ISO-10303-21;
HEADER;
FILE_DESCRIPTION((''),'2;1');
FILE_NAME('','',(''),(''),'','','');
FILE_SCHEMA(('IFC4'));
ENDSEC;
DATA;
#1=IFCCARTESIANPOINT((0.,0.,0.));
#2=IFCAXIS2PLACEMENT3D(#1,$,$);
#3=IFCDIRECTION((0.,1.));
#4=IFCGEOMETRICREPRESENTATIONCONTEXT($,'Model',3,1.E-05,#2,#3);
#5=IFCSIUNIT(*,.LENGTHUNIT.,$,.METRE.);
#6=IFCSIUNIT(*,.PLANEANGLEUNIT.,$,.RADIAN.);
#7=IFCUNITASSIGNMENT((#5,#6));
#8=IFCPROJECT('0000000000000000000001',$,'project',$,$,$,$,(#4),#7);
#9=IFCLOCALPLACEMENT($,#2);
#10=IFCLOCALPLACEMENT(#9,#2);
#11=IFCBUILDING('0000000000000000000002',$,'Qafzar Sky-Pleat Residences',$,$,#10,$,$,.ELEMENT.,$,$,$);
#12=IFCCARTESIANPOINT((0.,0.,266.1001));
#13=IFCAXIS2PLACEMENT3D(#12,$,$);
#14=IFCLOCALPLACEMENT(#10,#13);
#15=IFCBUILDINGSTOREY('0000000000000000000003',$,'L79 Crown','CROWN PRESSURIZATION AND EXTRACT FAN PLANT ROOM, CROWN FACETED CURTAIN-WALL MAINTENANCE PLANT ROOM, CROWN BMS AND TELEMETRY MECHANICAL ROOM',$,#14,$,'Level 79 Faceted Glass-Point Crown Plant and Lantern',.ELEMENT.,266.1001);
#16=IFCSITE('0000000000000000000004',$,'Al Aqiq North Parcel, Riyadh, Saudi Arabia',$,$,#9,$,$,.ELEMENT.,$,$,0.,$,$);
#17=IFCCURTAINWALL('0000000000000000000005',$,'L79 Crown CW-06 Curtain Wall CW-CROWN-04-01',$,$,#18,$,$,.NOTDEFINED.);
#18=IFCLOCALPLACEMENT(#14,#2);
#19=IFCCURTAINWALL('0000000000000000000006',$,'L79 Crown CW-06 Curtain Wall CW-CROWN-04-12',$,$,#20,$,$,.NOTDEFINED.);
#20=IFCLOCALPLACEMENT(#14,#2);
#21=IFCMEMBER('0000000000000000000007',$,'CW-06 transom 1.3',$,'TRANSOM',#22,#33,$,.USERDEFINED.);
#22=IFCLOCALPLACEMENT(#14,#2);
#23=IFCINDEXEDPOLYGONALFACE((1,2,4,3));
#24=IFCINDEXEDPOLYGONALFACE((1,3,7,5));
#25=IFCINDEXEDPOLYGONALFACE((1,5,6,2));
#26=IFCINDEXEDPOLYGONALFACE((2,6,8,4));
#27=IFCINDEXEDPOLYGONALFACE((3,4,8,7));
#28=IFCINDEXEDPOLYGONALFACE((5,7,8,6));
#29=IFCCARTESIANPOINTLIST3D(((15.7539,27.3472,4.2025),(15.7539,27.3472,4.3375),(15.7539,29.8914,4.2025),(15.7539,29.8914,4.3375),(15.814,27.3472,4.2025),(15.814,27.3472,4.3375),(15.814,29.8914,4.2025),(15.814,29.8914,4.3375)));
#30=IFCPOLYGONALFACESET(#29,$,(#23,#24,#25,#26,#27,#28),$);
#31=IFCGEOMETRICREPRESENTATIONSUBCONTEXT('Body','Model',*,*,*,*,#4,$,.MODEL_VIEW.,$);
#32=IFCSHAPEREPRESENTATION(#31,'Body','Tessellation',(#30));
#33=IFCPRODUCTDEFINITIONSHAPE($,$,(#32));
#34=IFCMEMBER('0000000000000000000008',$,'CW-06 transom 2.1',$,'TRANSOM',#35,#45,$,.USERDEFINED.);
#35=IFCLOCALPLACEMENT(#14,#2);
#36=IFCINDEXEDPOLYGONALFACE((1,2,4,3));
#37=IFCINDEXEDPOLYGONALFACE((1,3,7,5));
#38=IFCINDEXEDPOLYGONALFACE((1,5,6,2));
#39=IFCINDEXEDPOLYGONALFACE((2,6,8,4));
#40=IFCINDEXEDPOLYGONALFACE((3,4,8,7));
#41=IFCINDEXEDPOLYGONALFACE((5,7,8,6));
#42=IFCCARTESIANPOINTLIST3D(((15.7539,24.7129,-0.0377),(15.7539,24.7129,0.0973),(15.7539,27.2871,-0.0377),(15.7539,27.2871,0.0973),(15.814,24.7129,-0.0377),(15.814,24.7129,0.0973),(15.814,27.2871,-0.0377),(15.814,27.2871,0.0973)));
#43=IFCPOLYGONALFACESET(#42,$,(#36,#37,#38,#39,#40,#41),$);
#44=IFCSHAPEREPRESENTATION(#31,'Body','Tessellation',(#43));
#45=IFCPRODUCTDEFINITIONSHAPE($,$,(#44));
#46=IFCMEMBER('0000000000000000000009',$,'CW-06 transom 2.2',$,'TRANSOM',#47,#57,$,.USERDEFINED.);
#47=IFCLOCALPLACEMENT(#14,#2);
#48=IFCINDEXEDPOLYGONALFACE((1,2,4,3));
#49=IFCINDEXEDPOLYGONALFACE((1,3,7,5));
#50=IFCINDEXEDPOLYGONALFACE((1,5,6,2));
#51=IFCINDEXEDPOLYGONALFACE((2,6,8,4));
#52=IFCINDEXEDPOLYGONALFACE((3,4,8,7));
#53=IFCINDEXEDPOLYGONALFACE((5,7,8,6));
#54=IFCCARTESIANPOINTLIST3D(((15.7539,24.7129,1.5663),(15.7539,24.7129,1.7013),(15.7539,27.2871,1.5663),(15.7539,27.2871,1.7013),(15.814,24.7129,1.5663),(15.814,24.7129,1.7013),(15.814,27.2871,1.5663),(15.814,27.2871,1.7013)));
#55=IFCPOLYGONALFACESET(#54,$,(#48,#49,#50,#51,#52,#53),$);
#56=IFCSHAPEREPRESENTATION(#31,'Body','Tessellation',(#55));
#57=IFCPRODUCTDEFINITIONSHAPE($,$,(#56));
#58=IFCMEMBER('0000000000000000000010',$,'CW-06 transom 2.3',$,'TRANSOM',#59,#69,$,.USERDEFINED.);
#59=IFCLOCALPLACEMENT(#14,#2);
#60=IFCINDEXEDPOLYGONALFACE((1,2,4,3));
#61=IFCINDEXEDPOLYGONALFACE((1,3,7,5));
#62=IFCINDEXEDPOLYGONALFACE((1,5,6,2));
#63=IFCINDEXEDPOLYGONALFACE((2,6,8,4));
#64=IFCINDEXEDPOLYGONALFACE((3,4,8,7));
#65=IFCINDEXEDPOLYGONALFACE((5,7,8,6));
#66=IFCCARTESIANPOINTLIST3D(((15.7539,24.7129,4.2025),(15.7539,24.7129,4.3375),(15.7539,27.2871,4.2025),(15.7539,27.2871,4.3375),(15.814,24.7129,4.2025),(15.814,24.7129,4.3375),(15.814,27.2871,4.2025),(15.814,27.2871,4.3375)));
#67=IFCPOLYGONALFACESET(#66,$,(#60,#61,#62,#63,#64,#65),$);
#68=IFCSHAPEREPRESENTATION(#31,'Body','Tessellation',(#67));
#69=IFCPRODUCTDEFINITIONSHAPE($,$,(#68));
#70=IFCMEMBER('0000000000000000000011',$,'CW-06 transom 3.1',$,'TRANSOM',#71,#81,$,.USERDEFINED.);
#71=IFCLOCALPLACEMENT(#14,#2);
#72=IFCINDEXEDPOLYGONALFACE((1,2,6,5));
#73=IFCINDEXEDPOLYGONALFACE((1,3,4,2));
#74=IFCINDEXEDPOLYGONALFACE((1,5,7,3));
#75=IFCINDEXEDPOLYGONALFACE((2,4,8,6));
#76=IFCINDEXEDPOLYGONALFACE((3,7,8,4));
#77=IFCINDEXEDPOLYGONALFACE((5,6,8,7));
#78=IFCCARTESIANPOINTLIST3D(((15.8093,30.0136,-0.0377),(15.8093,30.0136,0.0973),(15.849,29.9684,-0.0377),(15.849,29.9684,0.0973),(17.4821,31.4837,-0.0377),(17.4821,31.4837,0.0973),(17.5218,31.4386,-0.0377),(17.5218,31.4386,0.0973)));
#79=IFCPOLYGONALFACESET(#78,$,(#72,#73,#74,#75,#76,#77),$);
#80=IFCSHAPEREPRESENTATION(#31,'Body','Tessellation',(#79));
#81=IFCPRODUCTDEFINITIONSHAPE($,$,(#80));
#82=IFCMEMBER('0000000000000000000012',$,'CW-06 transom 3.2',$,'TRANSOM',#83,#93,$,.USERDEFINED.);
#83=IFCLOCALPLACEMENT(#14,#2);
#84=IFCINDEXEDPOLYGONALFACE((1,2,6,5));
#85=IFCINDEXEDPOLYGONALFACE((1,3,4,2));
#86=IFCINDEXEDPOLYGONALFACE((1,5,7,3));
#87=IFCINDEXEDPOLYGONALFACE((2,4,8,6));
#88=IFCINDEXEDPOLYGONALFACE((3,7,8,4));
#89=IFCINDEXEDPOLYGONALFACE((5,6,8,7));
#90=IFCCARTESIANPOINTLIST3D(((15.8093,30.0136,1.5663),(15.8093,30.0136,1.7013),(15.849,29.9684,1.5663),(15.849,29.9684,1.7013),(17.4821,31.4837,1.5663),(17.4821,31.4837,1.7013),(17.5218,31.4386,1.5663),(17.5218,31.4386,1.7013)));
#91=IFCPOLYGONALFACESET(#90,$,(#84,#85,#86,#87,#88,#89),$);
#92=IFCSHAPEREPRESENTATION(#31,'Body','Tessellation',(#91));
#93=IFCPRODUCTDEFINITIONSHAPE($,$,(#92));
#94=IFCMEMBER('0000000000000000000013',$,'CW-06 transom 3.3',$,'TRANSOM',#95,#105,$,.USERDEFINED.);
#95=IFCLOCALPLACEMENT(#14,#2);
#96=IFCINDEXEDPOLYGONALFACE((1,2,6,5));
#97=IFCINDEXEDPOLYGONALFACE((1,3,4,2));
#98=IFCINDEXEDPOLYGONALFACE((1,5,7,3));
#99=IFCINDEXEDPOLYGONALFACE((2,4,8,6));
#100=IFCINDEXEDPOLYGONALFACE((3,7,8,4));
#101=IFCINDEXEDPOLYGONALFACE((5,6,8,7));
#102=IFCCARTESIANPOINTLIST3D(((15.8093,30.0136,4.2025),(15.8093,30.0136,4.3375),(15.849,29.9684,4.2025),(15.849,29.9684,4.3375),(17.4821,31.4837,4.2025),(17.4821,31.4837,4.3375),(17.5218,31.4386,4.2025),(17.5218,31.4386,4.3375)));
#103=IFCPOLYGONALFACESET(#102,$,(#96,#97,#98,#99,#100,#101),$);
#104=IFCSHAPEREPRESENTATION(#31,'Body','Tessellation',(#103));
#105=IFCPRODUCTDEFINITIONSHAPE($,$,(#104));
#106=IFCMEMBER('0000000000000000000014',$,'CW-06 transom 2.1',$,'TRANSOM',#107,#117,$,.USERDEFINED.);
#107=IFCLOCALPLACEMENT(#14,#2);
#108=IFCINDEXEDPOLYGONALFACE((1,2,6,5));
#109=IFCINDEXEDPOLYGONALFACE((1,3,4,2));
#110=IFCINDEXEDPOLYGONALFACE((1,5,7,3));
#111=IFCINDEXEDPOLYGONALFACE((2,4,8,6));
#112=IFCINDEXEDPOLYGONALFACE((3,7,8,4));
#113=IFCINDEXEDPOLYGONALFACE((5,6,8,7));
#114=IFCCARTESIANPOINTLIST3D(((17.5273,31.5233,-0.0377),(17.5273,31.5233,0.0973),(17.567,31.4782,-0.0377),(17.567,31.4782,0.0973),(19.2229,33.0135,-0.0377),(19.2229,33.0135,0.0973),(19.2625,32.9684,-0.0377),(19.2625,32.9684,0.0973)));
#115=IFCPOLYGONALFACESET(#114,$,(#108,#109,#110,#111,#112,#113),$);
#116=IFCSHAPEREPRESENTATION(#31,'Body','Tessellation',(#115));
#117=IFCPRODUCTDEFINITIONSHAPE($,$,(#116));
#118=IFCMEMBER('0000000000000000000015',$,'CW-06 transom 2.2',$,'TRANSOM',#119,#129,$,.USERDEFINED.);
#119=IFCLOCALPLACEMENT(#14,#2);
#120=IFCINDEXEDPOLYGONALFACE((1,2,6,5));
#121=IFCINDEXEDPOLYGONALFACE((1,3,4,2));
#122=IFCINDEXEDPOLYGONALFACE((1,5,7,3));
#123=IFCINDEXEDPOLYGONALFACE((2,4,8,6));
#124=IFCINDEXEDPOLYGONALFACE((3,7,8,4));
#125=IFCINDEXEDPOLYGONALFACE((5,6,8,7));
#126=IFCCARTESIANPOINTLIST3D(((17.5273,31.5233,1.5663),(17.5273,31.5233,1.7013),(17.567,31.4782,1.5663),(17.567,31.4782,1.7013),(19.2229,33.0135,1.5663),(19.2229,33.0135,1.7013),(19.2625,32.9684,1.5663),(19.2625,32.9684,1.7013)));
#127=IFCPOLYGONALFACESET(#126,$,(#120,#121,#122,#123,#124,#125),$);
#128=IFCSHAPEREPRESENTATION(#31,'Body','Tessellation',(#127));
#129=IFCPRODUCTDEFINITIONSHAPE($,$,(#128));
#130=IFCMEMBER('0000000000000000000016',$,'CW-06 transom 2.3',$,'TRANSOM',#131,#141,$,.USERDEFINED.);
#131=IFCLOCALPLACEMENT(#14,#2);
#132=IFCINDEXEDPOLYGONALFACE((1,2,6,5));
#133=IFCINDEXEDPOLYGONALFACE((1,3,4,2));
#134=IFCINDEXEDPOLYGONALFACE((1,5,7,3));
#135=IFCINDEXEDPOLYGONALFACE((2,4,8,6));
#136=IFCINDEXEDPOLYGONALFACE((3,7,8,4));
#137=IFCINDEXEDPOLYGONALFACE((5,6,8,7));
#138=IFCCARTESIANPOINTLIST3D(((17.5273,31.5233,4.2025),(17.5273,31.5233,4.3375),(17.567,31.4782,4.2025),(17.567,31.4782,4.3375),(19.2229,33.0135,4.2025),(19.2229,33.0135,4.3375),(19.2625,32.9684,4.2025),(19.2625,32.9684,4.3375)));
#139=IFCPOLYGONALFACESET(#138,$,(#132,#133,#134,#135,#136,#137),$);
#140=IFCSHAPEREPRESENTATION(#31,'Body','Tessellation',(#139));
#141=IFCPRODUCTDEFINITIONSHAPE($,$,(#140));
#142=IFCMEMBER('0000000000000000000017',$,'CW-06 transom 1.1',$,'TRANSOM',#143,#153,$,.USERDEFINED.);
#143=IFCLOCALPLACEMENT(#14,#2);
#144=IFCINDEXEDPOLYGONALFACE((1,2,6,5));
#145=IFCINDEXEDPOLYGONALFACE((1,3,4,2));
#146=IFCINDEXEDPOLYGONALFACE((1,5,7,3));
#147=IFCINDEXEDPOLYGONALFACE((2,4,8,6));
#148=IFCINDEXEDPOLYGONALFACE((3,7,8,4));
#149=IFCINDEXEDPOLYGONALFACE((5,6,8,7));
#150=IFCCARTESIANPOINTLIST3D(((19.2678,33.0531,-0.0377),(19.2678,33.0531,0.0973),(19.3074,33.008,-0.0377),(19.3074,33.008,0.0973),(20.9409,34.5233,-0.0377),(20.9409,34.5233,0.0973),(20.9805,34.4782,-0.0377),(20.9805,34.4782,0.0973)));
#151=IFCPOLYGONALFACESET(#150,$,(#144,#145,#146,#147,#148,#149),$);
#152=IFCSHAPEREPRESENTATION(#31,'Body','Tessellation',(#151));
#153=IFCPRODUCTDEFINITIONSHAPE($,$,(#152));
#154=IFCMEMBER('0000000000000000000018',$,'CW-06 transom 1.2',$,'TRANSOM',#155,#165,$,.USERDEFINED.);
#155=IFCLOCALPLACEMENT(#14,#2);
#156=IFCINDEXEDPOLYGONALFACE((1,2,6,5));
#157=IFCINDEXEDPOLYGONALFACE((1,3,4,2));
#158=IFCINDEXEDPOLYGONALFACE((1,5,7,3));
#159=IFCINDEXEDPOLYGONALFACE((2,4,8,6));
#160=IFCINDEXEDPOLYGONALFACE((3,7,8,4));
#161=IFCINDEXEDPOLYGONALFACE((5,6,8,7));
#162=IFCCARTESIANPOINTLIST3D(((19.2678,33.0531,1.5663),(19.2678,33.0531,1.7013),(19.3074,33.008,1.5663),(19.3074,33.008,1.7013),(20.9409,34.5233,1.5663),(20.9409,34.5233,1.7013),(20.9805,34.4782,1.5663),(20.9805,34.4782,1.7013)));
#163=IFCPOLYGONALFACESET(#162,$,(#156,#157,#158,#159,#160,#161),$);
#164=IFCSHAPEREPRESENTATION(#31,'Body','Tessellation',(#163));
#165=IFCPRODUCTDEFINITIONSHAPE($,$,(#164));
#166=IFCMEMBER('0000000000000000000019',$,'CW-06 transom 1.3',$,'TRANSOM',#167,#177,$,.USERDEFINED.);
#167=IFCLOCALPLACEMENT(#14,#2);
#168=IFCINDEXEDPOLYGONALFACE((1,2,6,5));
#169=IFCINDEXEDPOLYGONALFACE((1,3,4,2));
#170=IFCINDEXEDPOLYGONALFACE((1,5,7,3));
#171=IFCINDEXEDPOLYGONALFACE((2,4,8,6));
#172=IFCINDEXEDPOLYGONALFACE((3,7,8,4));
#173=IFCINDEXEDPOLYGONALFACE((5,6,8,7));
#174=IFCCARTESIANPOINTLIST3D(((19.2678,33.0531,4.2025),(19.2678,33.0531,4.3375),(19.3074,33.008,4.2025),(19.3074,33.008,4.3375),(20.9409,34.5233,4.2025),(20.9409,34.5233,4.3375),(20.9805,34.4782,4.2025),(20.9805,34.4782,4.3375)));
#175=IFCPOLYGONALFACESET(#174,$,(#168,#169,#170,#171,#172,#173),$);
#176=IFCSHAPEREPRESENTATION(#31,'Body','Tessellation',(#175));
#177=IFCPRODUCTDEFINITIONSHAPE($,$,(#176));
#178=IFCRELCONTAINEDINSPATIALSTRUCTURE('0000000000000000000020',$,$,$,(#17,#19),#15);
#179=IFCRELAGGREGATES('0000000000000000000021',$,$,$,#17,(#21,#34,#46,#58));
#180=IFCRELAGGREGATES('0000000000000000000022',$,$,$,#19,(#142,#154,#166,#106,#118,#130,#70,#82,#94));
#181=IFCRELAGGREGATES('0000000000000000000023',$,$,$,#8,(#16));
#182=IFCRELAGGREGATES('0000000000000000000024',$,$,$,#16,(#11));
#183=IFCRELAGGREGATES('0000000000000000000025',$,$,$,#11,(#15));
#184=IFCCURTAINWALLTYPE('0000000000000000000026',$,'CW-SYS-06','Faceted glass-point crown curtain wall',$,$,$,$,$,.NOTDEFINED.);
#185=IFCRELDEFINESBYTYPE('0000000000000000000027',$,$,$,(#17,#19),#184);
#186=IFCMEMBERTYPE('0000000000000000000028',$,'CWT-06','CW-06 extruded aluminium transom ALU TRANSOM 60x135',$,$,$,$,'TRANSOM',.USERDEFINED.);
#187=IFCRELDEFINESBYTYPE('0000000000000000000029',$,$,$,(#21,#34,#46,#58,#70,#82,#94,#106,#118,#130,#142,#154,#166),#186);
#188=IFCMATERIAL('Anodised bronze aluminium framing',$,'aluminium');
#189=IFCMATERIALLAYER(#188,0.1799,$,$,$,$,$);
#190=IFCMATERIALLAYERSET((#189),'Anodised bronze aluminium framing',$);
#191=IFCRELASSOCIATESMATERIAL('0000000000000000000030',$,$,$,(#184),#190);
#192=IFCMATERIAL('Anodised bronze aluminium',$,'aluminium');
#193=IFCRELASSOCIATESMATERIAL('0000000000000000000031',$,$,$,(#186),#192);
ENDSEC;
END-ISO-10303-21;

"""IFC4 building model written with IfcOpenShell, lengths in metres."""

from ifc_helpers import new_model, si_unit, direction, frame, origin, origin_2d, place, context, subcontext, project, spatial, rectangle, extrude, source, transform, mapped, material, layer, layer_set, material_profile, profile_set, type_object, element, aggregate, save


model = new_model("IFC4")

# Units and contexts
model_context = context("Model", 3, precision=1e-05, world=origin(), true_north=direction((0.0, 1.0)))
body_context = subcontext(model_context, "Body", "Model", "MODEL_VIEW")
ifc_project = project(units=[si_unit("LENGTHUNIT", "METRE"), si_unit("PLANEANGLEUNIT", "RADIAN")], contexts=[model_context])

# Site, building, storey
site_placement = place(None, origin())
site = spatial("IfcSite", under=ifc_project, at=site_placement, Name="Al Aqiq North Parcel, Riyadh, Saudi Arabia", CompositionType="ELEMENT", RefElevation=0.0)
building_placement = place(site_placement, origin())
building = spatial("IfcBuilding", under=site, at=building_placement, Name="Qafzar Sky-Pleat Residences", CompositionType="ELEMENT")
storey_placement = place(building_placement, frame((0.0, 0.0, 266.1001)))
storey = spatial("IfcBuildingStorey", under=building, at=storey_placement, Name="L79 Crown", Description="CROWN PRESSURIZATION AND EXTRACT FAN PLANT ROOM, CROWN FACETED CURTAIN-WALL MAINTENANCE PLANT ROOM, CROWN BMS AND TELEMETRY MECHANICAL ROOM", LongName="Level 79 Faceted Glass-Point Crown Plant and Lantern", CompositionType="ELEMENT", Elevation=266.1001)

# Curtain wall
ifc_material_1 = material(Name="Anodised bronze aluminium framing", Category="aluminium")
ifc_layer_1 = layer(ifc_material_1, 0.1799)
ifc_layer_set_1 = layer_set([ifc_layer_1], Name="Anodised bronze aluminium framing")
curtain_wall_type = type_object("IfcCurtainWallType", Name="CW-SYS-06", Description="Faceted glass-point crown curtain wall", PredefinedType="NOTDEFINED", material=ifc_layer_set_1)
curtain_wall_1_placement = place(storey_placement, origin())
curtain_wall_1 = element("IfcCurtainWall", 1, at=curtain_wall_1_placement, inside=storey, type_object=curtain_wall_type, Name="L79 Crown CW-06 Curtain Wall CW-CROWN-04-01", PredefinedType="NOTDEFINED")
ifc_material_2 = material(Name="Anodised bronze aluminium", Category="aluminium")

# Curtain wall
curtain_wall_2_placement = place(storey_placement, origin())
curtain_wall_2 = element("IfcCurtainWall", 2, at=curtain_wall_2_placement, inside=storey, type_object=curtain_wall_type, Name="L79 Crown CW-06 Curtain Wall CW-CROWN-04-12", PredefinedType="NOTDEFINED")

# Members
ifc_material_profile_1 = material_profile(ifc_material_2, rectangle(XDim=0.0601, YDim=0.135, at=origin_2d()), Name="ALU TRANSOM 60x135")
ifc_profile_set_1 = profile_set([ifc_material_profile_1], Name="Anodised bronze aluminium")
member_type_1 = type_object("IfcMemberType", Name="CWT-06", Description="CW-06 extruded aluminium transom ALU TRANSOM 60x135", ElementType="TRANSOM", PredefinedType="USERDEFINED", material=ifc_profile_set_1)
shared_shape_1 = source(origin(), body_context, "Body", "SweptSolid", [
    extrude(rectangle(XDim=0.0601, YDim=0.135, at=origin_2d()), origin(), (0.0, 0.0, 1.0), 2.5442),
])
member_1_placement = place(storey_placement, frame((15.7839, 29.8914, 4.27), z_axis=(0.0, -1.0, 0.0), x_axis=(1.0, 0.0, 0.0)))
member_1 = element("IfcMember", 3, at=member_1_placement, type_object=member_type_1, Name="CW-06 transom 1.3", ObjectType="TRANSOM", PredefinedType="USERDEFINED", context=body_context, shape_type="MappedRepresentation", body=[
    mapped(shared_shape_1, transform((0.0, 0.0, 0.0), x_axis=(1.0, 0.0, 0.0), y_axis=(0.0, 1.0, 0.0), z_axis=(0.0, 0.0, 1.0), scale=1.0)),
])
shared_shape_2 = source(origin(), body_context, "Body", "SweptSolid", [
    extrude(rectangle(XDim=0.0601, YDim=0.135, at=origin_2d()), origin(), (0.0, 0.0, 1.0), 2.5742),
])
member_2_placement = place(storey_placement, frame((15.7839, 27.2871, 0.0298), z_axis=(0.0, -1.0, 0.0), x_axis=(1.0, 0.0, 0.0)))
member_2 = element("IfcMember", 4, at=member_2_placement, type_object=member_type_1, Name="CW-06 transom 2.1", ObjectType="TRANSOM", PredefinedType="USERDEFINED", context=body_context, shape_type="MappedRepresentation", body=[
    mapped(shared_shape_2, transform((0.0, 0.0, 0.0), x_axis=(1.0, 0.0, 0.0), y_axis=(0.0, 1.0, 0.0), z_axis=(0.0, 0.0, 1.0), scale=1.0)),
])
member_3_placement = place(storey_placement, frame((15.7839, 27.2871, 1.6338), z_axis=(0.0, -1.0, 0.0), x_axis=(1.0, 0.0, 0.0)))
member_3 = element("IfcMember", 5, at=member_3_placement, type_object=member_type_1, Name="CW-06 transom 2.2", ObjectType="TRANSOM", PredefinedType="USERDEFINED", context=body_context, shape_type="MappedRepresentation", body=[
    mapped(shared_shape_2, transform((0.0, 0.0, 0.0), x_axis=(1.0, 0.0, 0.0), y_axis=(0.0, 1.0, 0.0), z_axis=(0.0, 0.0, 1.0), scale=1.0)),
])
member_4_placement = place(storey_placement, frame((15.7839, 27.2871, 4.27), z_axis=(0.0, -1.0, 0.0), x_axis=(1.0, 0.0, 0.0)))
member_4 = element("IfcMember", 6, at=member_4_placement, type_object=member_type_1, Name="CW-06 transom 2.3", ObjectType="TRANSOM", PredefinedType="USERDEFINED", context=body_context, shape_type="MappedRepresentation", body=[
    mapped(shared_shape_2, transform((0.0, 0.0, 0.0), x_axis=(1.0, 0.0, 0.0), y_axis=(0.0, 1.0, 0.0), z_axis=(0.0, 0.0, 1.0), scale=1.0)),
])
shared_shape_3 = source(origin(), body_context, "Body", "SweptSolid", [
    extrude(rectangle(XDim=0.0601, YDim=0.135, at=origin_2d()), origin(), (0.0, 0.0, 1.0), 2.2271),
])
member_5_placement = place(storey_placement, frame((17.502, 31.4612, 0.0298), z_axis=(-0.751135, -0.660148, 0.0), x_axis=(0.660148, -0.751135, 0.0)))
member_5 = element("IfcMember", 7, at=member_5_placement, type_object=member_type_1, Name="CW-06 transom 3.1", ObjectType="TRANSOM", PredefinedType="USERDEFINED", context=body_context, shape_type="MappedRepresentation", body=[
    mapped(shared_shape_3, transform((0.0, 0.0, 0.0), x_axis=(1.0, 0.0, 0.0), y_axis=(0.0, 1.0, 0.0), z_axis=(0.0, 0.0, 1.0), scale=1.0)),
])
member_6_placement = place(storey_placement, frame((17.502, 31.4612, 1.6338), z_axis=(-0.751135, -0.660148, 0.0), x_axis=(0.660148, -0.751135, 0.0)))
member_6 = element("IfcMember", 8, at=member_6_placement, type_object=member_type_1, Name="CW-06 transom 3.2", ObjectType="TRANSOM", PredefinedType="USERDEFINED", context=body_context, shape_type="MappedRepresentation", body=[
    mapped(shared_shape_3, transform((0.0, 0.0, 0.0), x_axis=(1.0, 0.0, 0.0), y_axis=(0.0, 1.0, 0.0), z_axis=(0.0, 0.0, 1.0), scale=1.0)),
])
member_7_placement = place(storey_placement, frame((17.502, 31.4612, 4.27), z_axis=(-0.751135, -0.660148, 0.0), x_axis=(0.660148, -0.751135, 0.0)))
member_7 = element("IfcMember", 9, at=member_7_placement, type_object=member_type_1, Name="CW-06 transom 3.3", ObjectType="TRANSOM", PredefinedType="USERDEFINED", context=body_context, shape_type="MappedRepresentation", body=[
    mapped(shared_shape_3, transform((0.0, 0.0, 0.0), x_axis=(1.0, 0.0, 0.0), y_axis=(0.0, 1.0, 0.0), z_axis=(0.0, 0.0, 1.0), scale=1.0)),
])
shared_shape_4 = source(origin(), body_context, "Body", "SweptSolid", [
    extrude(rectangle(XDim=0.0601, YDim=0.135, at=origin_2d()), origin(), (0.0, 0.0, 1.0), 2.2573),
])
member_8_placement = place(storey_placement, frame((19.2427, 32.991, 0.0298), z_axis=(-0.751121, -0.660165, 0.0), x_axis=(0.660165, -0.751121, 0.0)))
member_8 = element("IfcMember", 10, at=member_8_placement, type_object=member_type_1, Name="CW-06 transom 2.1", ObjectType="TRANSOM", PredefinedType="USERDEFINED", context=body_context, shape_type="MappedRepresentation", body=[
    mapped(shared_shape_4, transform((0.0, 0.0, 0.0), x_axis=(1.0, 0.0, 0.0), y_axis=(0.0, 1.0, 0.0), z_axis=(0.0, 0.0, 1.0), scale=1.0)),
])
member_9_placement = place(storey_placement, frame((19.2427, 32.991, 1.6338), z_axis=(-0.751121, -0.660165, 0.0), x_axis=(0.660165, -0.751121, 0.0)))
member_9 = element("IfcMember", 11, at=member_9_placement, type_object=member_type_1, Name="CW-06 transom 2.2", ObjectType="TRANSOM", PredefinedType="USERDEFINED", context=body_context, shape_type="MappedRepresentation", body=[
    mapped(shared_shape_4, transform((0.0, 0.0, 0.0), x_axis=(1.0, 0.0, 0.0), y_axis=(0.0, 1.0, 0.0), z_axis=(0.0, 0.0, 1.0), scale=1.0)),
])
member_10_placement = place(storey_placement, frame((19.2427, 32.991, 4.27), z_axis=(-0.751121, -0.660165, 0.0), x_axis=(0.660165, -0.751121, 0.0)))
member_10 = element("IfcMember", 12, at=member_10_placement, type_object=member_type_1, Name="CW-06 transom 2.3", ObjectType="TRANSOM", PredefinedType="USERDEFINED", context=body_context, shape_type="MappedRepresentation", body=[
    mapped(shared_shape_4, transform((0.0, 0.0, 0.0), x_axis=(1.0, 0.0, 0.0), y_axis=(0.0, 1.0, 0.0), z_axis=(0.0, 0.0, 1.0), scale=1.0)),
])
shared_shape_5 = source(origin(), body_context, "Body", "SweptSolid", [
    extrude(rectangle(XDim=0.0601, YDim=0.135, at=origin_2d()), origin(), (0.0, 0.0, 1.0), 2.2273),
])
member_11_placement = place(storey_placement, frame((20.9607, 34.5007, 0.0298), z_axis=(-0.751183, -0.660094, 0.0), x_axis=(0.660094, -0.751183, 0.0)))
member_11 = element("IfcMember", 13, at=member_11_placement, type_object=member_type_1, Name="CW-06 transom 1.1", ObjectType="TRANSOM", PredefinedType="USERDEFINED", context=body_context, shape_type="MappedRepresentation", body=[
    mapped(shared_shape_5, transform((0.0, 0.0, 0.0), x_axis=(1.0, 0.0, 0.0), y_axis=(0.0, 1.0, 0.0), z_axis=(0.0, 0.0, 1.0), scale=1.0)),
])
member_12_placement = place(storey_placement, frame((20.9607, 34.5007, 1.6338), z_axis=(-0.751183, -0.660094, 0.0), x_axis=(0.660094, -0.751183, 0.0)))
member_12 = element("IfcMember", 14, at=member_12_placement, type_object=member_type_1, Name="CW-06 transom 1.2", ObjectType="TRANSOM", PredefinedType="USERDEFINED", context=body_context, shape_type="MappedRepresentation", body=[
    mapped(shared_shape_5, transform((0.0, 0.0, 0.0), x_axis=(1.0, 0.0, 0.0), y_axis=(0.0, 1.0, 0.0), z_axis=(0.0, 0.0, 1.0), scale=1.0)),
])
member_13_placement = place(storey_placement, frame((20.9607, 34.5007, 4.27), z_axis=(-0.751183, -0.660094, 0.0), x_axis=(0.660094, -0.751183, 0.0)))
member_13 = element("IfcMember", 15, at=member_13_placement, type_object=member_type_1, Name="CW-06 transom 1.3", ObjectType="TRANSOM", PredefinedType="USERDEFINED", context=body_context, shape_type="MappedRepresentation", body=[
    mapped(shared_shape_5, transform((0.0, 0.0, 0.0), x_axis=(1.0, 0.0, 0.0), y_axis=(0.0, 1.0, 0.0), z_axis=(0.0, 0.0, 1.0), scale=1.0)),
])

aggregate(curtain_wall_1, [member_1, member_2, member_3, member_4])
aggregate(curtain_wall_2, [member_11, member_12, member_13, member_8, member_9, member_10, member_5, member_6, member_7])

save(model, "model.ifc")
